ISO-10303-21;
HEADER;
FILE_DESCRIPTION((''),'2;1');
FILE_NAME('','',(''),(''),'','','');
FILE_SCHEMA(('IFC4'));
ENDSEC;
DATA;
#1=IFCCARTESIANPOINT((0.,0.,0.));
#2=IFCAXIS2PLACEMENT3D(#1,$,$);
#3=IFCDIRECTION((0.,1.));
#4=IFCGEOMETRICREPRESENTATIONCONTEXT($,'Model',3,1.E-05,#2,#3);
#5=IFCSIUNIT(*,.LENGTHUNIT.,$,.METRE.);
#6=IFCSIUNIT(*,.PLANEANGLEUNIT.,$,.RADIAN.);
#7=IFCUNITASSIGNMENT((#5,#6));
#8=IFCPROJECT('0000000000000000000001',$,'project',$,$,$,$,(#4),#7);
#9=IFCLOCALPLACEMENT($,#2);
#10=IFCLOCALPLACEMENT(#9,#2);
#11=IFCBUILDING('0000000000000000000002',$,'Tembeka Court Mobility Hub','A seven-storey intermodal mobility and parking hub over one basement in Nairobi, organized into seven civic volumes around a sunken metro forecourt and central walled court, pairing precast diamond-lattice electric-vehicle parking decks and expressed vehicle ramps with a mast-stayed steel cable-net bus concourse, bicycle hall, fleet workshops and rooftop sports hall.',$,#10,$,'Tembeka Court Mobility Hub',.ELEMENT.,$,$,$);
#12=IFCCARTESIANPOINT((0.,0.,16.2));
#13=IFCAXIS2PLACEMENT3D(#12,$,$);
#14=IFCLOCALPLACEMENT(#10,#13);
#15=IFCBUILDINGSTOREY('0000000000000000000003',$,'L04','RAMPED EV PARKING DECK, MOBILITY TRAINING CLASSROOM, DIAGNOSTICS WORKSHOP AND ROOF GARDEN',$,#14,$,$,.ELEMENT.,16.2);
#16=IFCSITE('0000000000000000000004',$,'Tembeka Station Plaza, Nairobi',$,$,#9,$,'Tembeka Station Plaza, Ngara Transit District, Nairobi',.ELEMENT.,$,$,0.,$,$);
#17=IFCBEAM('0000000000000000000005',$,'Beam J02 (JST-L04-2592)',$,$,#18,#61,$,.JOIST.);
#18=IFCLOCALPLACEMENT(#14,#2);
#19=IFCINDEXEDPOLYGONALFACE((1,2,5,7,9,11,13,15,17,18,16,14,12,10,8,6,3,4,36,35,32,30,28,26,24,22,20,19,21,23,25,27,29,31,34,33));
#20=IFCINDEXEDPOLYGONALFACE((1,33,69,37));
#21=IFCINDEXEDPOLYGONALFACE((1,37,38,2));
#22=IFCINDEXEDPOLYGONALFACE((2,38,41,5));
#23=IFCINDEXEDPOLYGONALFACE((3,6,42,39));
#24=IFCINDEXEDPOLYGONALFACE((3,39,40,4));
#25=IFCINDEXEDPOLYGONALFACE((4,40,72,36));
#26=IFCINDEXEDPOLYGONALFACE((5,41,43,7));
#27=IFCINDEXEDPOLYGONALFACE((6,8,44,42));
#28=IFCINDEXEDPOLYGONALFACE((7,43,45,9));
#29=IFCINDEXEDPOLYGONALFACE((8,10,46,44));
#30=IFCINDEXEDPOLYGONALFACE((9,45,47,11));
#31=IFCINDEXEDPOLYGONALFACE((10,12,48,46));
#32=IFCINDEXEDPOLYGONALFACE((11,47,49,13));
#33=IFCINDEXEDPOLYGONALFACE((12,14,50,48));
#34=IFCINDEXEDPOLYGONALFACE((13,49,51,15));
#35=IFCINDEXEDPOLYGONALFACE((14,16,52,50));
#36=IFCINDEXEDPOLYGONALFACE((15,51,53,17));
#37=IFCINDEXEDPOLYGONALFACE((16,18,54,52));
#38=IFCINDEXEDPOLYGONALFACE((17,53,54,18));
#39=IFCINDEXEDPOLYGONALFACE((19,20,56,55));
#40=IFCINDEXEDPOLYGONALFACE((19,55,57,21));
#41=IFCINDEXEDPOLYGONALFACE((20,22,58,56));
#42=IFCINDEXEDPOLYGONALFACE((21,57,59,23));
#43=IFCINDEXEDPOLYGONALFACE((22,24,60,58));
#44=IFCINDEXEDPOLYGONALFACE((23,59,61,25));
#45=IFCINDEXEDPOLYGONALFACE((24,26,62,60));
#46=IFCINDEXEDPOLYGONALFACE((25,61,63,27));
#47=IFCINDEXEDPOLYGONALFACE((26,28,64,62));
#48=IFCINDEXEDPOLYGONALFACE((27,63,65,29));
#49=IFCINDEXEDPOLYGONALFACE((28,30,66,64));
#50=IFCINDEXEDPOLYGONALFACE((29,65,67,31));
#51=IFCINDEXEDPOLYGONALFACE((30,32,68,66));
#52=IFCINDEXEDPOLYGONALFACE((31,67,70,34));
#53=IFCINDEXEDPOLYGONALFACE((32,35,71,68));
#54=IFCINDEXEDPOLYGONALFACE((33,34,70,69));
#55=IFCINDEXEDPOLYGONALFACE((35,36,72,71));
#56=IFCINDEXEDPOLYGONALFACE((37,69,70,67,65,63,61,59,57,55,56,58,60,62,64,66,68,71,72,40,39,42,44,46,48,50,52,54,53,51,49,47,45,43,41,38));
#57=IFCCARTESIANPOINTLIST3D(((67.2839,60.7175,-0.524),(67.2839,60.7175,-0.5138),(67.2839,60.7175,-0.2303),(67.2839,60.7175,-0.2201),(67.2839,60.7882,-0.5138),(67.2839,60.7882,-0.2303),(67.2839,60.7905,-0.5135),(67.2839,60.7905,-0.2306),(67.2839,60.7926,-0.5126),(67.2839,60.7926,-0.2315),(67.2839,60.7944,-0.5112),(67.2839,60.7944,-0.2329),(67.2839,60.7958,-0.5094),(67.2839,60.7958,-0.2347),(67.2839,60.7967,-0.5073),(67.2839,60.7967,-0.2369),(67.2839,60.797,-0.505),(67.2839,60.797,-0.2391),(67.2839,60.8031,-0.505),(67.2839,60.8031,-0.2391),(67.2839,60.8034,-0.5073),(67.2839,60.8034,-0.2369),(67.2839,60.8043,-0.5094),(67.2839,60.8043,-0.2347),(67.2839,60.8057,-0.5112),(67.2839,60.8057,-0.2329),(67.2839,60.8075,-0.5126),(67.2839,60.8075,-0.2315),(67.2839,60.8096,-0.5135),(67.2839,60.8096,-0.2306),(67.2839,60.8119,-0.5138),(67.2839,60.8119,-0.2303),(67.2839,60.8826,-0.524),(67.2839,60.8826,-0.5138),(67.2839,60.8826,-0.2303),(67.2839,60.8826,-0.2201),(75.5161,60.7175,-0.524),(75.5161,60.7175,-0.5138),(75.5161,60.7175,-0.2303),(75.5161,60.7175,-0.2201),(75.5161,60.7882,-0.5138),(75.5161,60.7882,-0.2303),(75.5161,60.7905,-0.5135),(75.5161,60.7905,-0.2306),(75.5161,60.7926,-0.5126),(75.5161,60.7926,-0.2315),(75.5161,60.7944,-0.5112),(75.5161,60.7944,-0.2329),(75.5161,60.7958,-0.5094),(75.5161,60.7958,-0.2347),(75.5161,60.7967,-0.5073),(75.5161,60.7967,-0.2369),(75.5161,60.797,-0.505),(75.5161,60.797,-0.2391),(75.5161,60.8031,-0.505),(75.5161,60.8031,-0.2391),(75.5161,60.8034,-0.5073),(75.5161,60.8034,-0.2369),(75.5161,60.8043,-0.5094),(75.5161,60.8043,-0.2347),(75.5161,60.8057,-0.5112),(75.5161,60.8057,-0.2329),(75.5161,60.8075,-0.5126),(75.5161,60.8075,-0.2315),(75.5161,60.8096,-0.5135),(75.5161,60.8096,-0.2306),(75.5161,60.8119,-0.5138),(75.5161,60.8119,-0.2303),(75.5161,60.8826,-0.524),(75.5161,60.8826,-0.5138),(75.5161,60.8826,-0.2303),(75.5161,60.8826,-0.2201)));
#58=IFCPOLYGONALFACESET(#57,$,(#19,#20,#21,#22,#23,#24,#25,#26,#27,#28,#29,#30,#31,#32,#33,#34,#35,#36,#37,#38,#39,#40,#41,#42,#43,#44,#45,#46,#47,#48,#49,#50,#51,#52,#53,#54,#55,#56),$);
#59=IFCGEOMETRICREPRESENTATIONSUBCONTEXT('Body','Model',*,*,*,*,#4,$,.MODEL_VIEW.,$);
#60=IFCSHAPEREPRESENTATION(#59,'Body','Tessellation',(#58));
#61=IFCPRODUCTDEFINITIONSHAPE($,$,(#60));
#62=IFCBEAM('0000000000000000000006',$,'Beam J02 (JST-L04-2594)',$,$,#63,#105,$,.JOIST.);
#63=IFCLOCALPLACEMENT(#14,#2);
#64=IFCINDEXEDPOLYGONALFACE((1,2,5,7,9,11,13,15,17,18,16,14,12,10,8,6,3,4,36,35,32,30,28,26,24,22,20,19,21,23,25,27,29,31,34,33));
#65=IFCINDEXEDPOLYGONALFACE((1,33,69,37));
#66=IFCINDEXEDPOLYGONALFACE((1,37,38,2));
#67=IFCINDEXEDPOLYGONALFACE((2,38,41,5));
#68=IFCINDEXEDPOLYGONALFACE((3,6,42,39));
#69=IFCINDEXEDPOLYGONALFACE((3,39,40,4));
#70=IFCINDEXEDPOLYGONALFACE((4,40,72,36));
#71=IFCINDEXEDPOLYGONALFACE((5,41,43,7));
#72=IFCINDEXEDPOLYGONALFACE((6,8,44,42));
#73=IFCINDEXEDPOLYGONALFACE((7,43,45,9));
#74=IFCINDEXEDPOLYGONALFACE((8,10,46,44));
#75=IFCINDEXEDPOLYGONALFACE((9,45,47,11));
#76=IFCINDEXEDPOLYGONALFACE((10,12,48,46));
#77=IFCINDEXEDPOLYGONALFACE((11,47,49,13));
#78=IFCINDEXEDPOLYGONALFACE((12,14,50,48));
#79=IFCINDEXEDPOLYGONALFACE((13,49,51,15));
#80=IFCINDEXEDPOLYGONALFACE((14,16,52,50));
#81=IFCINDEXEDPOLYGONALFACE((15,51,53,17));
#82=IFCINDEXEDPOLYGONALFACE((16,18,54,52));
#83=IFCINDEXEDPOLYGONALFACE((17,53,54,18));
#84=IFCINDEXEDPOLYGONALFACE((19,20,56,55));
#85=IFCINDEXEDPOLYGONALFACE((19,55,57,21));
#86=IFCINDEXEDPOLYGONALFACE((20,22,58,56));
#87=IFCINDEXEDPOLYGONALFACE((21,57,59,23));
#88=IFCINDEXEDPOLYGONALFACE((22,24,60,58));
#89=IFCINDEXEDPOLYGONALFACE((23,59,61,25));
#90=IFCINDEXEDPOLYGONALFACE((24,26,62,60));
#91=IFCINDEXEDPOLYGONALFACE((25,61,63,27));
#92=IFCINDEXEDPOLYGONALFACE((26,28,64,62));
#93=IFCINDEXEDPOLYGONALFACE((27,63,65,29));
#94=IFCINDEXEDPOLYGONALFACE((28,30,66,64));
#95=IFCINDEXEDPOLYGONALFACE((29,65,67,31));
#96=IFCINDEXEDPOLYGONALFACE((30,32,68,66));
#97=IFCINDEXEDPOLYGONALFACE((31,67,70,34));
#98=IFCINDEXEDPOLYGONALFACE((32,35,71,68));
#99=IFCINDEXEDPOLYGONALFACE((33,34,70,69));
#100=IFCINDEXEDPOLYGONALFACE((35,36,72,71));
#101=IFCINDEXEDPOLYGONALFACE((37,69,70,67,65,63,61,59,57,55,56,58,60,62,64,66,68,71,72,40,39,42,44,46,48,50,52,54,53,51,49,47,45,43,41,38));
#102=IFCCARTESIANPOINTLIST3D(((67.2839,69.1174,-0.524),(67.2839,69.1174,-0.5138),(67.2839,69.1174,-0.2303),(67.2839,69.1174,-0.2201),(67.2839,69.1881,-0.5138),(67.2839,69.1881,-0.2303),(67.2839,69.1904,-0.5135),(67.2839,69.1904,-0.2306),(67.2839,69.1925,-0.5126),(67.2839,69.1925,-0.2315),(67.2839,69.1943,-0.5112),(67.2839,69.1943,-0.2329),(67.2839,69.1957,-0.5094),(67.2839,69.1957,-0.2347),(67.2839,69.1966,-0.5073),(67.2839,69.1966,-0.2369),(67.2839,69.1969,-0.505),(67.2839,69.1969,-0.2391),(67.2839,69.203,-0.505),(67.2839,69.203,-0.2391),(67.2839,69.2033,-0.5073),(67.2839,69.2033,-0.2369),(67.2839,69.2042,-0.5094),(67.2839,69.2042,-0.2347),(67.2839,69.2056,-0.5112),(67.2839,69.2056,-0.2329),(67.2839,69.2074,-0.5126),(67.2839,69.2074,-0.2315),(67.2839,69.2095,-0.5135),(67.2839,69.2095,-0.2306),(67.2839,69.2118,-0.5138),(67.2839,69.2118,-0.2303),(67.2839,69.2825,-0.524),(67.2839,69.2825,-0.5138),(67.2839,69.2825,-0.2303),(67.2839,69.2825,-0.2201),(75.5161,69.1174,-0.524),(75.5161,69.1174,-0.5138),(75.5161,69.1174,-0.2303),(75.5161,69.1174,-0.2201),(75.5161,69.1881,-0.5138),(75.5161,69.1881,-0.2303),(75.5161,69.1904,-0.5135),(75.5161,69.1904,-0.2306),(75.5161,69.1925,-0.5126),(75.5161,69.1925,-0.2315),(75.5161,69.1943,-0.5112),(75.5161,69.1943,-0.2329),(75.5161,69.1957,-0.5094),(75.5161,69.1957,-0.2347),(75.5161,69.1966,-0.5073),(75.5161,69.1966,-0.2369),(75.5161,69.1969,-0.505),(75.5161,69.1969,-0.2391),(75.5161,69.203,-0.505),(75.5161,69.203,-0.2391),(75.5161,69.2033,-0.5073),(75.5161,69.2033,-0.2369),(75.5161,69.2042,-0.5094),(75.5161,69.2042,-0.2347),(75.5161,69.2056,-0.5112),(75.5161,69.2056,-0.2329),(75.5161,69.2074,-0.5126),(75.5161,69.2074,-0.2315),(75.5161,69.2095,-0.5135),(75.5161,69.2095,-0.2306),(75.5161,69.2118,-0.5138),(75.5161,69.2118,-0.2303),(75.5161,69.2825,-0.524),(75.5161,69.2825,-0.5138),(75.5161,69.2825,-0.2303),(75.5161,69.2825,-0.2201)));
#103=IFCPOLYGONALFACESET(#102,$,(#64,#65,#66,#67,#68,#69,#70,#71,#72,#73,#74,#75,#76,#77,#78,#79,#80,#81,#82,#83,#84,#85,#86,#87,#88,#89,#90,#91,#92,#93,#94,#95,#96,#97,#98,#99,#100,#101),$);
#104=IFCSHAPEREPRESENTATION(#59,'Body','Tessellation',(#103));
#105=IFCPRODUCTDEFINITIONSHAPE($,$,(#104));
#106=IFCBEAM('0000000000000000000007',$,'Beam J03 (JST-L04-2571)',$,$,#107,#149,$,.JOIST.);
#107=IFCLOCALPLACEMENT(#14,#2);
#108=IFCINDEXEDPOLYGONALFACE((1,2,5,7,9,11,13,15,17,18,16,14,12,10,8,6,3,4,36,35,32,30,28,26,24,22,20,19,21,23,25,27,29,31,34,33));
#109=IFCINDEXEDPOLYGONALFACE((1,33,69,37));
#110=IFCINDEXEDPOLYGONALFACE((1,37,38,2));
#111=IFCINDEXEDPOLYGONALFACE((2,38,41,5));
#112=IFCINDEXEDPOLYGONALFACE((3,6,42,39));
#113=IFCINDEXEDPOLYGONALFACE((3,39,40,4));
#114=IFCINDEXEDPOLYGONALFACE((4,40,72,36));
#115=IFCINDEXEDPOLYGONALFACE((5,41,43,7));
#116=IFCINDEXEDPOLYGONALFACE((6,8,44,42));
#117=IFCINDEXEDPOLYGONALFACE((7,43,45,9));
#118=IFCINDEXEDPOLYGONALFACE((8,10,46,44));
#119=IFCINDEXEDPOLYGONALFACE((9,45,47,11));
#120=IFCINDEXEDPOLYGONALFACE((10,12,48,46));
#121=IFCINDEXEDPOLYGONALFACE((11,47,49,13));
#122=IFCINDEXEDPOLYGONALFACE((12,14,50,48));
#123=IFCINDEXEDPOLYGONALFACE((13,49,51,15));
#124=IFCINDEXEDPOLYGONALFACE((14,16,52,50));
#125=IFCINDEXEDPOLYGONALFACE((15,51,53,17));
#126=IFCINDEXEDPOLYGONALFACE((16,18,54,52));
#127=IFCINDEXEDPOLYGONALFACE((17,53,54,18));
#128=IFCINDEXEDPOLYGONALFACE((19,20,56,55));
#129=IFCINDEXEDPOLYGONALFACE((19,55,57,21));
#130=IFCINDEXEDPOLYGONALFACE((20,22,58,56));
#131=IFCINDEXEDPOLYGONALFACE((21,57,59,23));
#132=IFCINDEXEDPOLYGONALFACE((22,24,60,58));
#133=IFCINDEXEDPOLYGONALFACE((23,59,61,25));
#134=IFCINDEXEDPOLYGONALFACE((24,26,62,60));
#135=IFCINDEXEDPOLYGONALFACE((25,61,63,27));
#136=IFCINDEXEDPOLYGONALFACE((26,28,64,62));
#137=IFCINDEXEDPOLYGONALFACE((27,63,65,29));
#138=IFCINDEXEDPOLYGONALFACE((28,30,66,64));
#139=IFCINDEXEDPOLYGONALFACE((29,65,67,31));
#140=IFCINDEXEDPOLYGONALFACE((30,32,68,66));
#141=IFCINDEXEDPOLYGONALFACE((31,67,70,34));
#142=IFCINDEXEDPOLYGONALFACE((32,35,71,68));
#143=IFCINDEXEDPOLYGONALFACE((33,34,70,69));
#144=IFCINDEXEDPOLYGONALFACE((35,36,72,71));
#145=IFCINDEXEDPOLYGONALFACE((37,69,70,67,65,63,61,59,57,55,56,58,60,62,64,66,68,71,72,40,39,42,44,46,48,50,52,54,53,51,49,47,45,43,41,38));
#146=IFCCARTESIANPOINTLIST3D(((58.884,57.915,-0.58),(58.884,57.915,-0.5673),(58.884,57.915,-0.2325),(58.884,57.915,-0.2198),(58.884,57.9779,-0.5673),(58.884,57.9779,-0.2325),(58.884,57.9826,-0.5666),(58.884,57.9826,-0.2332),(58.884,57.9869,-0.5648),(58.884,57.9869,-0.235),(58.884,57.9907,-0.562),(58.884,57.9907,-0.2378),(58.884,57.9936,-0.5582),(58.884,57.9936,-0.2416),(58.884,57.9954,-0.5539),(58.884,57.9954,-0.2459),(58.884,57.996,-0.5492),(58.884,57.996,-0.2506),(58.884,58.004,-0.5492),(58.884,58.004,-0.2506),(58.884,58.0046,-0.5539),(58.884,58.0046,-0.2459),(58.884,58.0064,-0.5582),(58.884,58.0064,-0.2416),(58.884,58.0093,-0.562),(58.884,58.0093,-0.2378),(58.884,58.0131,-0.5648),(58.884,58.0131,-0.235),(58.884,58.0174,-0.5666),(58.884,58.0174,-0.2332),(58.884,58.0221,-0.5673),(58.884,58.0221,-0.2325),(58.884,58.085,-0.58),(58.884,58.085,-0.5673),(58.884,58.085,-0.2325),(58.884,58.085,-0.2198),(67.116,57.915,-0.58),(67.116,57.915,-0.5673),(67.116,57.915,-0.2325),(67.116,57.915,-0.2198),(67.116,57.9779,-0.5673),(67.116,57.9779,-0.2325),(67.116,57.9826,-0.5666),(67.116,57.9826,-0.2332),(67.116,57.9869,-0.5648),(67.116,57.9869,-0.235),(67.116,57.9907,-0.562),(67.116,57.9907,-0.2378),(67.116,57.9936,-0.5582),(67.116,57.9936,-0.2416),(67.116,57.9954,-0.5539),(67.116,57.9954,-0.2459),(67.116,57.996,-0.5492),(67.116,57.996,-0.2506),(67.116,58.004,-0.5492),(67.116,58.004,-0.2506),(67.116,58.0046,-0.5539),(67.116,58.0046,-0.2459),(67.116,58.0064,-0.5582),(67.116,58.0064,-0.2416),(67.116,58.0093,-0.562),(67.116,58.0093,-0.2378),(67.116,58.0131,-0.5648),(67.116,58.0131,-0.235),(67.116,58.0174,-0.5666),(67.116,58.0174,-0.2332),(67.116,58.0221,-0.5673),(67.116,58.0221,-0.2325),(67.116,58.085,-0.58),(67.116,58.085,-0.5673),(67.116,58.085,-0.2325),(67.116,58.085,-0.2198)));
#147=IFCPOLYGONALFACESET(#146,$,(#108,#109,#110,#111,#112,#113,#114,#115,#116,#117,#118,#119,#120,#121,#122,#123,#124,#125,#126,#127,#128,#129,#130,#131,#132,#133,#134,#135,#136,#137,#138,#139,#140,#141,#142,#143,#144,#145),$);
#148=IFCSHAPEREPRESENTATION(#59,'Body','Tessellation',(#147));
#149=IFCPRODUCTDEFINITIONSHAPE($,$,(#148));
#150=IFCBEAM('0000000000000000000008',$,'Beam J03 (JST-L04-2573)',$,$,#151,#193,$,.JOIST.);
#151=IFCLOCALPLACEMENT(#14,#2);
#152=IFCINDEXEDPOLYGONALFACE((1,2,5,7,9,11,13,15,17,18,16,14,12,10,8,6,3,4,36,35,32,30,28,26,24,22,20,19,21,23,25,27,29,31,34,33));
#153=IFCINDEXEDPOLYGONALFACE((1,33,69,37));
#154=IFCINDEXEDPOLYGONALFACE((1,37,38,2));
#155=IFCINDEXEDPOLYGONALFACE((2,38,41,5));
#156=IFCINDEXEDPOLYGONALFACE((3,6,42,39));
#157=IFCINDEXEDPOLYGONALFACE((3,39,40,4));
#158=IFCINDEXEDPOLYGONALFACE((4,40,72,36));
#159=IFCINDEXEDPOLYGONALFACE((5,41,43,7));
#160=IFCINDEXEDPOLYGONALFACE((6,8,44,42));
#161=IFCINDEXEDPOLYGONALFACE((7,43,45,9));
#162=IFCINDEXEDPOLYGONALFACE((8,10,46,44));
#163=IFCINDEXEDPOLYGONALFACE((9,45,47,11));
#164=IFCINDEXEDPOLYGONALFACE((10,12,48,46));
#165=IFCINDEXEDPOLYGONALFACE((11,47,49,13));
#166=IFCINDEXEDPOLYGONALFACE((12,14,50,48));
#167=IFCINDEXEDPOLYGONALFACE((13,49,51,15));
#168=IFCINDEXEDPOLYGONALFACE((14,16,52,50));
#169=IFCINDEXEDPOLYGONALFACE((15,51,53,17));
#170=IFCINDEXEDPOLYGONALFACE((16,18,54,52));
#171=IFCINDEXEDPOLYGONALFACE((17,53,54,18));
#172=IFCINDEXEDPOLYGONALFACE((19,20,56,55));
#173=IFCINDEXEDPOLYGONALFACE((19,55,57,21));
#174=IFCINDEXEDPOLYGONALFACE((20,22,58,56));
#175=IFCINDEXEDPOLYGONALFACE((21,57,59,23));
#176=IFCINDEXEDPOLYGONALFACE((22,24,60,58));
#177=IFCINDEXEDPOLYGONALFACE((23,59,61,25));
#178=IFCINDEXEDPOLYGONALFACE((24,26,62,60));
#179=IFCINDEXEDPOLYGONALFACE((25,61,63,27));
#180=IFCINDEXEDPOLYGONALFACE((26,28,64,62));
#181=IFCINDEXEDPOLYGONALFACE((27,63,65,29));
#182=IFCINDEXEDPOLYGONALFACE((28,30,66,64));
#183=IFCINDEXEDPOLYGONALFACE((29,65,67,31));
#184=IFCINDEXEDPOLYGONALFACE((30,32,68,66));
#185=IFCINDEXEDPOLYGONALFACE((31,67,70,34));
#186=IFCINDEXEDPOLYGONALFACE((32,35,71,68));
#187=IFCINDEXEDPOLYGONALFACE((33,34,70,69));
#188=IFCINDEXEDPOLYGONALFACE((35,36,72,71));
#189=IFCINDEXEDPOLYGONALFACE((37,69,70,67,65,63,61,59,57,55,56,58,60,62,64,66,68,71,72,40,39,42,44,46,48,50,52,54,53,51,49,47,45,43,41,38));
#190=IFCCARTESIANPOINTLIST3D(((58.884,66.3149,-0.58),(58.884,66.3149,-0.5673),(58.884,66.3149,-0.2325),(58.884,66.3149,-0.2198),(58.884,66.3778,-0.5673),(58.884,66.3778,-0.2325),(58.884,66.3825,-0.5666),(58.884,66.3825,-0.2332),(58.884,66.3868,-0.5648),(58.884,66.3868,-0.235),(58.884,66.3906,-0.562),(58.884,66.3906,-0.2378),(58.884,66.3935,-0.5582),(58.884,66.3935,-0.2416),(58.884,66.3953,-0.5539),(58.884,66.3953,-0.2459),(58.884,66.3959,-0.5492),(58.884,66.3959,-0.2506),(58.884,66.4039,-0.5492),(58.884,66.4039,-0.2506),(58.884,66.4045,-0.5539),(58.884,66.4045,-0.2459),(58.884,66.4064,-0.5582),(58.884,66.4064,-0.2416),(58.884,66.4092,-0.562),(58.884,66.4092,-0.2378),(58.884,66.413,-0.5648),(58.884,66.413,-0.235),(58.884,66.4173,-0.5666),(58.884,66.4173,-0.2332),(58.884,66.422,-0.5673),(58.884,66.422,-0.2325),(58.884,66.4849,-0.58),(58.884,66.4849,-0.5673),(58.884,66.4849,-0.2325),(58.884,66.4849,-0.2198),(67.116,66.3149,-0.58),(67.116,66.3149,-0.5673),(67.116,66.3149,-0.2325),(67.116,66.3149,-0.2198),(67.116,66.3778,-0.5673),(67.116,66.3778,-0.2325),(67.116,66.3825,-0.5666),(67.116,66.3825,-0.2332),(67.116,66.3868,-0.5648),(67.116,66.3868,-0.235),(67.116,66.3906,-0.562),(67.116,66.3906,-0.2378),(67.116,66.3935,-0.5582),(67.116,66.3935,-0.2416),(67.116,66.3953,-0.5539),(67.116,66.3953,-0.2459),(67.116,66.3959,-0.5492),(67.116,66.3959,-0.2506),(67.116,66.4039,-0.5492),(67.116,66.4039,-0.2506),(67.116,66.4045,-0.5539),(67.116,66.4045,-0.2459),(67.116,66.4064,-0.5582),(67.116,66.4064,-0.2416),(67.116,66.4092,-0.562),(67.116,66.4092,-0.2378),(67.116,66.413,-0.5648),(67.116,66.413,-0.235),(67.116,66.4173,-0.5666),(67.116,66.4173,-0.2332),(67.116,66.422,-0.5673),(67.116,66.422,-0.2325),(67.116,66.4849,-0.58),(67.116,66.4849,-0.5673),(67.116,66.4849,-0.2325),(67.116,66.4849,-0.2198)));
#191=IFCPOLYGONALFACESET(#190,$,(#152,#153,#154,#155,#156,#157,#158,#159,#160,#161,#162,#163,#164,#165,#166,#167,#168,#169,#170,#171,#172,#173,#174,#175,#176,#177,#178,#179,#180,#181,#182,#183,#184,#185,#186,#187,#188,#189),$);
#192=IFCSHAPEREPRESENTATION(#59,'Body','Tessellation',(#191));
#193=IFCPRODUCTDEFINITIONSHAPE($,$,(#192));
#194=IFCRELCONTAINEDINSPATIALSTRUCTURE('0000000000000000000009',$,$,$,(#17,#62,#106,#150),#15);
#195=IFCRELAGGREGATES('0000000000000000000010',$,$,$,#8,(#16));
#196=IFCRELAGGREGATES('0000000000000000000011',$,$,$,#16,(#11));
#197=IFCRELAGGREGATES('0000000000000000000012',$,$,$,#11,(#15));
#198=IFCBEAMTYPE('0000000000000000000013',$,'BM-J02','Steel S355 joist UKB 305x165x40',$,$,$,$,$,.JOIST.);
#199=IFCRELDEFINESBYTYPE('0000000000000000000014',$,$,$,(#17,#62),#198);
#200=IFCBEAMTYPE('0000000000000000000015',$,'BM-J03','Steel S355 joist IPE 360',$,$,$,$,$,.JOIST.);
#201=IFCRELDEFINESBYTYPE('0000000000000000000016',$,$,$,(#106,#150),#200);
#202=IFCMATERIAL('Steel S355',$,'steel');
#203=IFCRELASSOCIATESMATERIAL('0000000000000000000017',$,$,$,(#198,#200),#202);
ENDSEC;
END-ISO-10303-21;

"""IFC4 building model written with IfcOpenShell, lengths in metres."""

from ifc_helpers import new_model, si_unit, direction, frame, origin, origin_2d, place, context, subcontext, project, spatial, i_section, extrude, material, material_profile, profile_set, type_object, element, save


model = new_model("IFC4")

# Units and contexts
model_context = context("Model", 3, precision=1e-05, world=origin(), true_north=direction((0.0, 1.0)))
body_context = subcontext(model_context, "Body", "Model", "MODEL_VIEW")
ifc_project = project(units=[si_unit("LENGTHUNIT", "METRE"), si_unit("PLANEANGLEUNIT", "RADIAN")], contexts=[model_context])

# Site, building, storey
site_placement = place(None, origin())
site = spatial("IfcSite", under=ifc_project, at=site_placement, Name="Tembeka Station Plaza, Nairobi", LongName="Tembeka Station Plaza, Ngara Transit District, Nairobi", CompositionType="ELEMENT", RefElevation=0.0)
building_placement = place(site_placement, origin())
building = spatial("IfcBuilding", under=site, at=building_placement, Name="Tembeka Court Mobility Hub", Description="A seven-storey intermodal mobility and parking hub over one basement in Nairobi, organized into seven civic volumes around a sunken metro forecourt and central walled court, pairing precast diamond-lattice electric-vehicle parking decks and expressed vehicle ramps with a mast-stayed steel cable-net bus concourse, bicycle hall, fleet workshops and rooftop sports hall.", LongName="Tembeka Court Mobility Hub", CompositionType="ELEMENT")
storey_placement = place(building_placement, frame((0.0, 0.0, 16.2)))
storey = spatial("IfcBuildingStorey", under=building, at=storey_placement, Name="L04", Description="RAMPED EV PARKING DECK, MOBILITY TRAINING CLASSROOM, DIAGNOSTICS WORKSHOP AND ROOF GARDEN", CompositionType="ELEMENT", Elevation=16.2)

# Shared definitions
ifc_material_1 = material(Name="Steel S355", Category="steel")

# Beams
ifc_material_profile_1 = material_profile(ifc_material_1, i_section(OverallWidth=0.165, OverallDepth=0.304, WebThickness=0.0061, FlangeThickness=0.0103, FilletRadius=0.0088, at=origin_2d()), Name="UKB 305x165x40")
ifc_profile_set_1 = profile_set([ifc_material_profile_1], Name="Steel S355")
beam_type_1 = type_object("IfcBeamType", Name="BM-J02", Description="Steel S355 joist UKB 305x165x40", PredefinedType="JOIST", material=ifc_profile_set_1)
for number, where, z_axis, x_axis, name in (
    (1, (67.2839, 60.8, -0.3721), (1.0, 0.0, 0.0), (0.0, 1.0, 0.0), "Beam J02 (JST-L04-2592)"),
    (2, (67.2839, 69.2, -0.3721), (1.0, 0.0, 0.0), (0.0, 1.0, 0.0), "Beam J02 (JST-L04-2594)"),
):
    element("IfcBeam", number, at=place(storey_placement, frame(where, z_axis=z_axis, x_axis=x_axis)), inside=storey, type_object=beam_type_1, Name=name, PredefinedType="JOIST", context=body_context, shape_type="SweptSolid", body=[
        extrude(i_section(OverallWidth=0.165, OverallDepth=0.304, WebThickness=0.0061, FlangeThickness=0.0103, FilletRadius=0.0088, at=origin_2d()), origin(), (0.0, 0.0, 1.0), 8.2322),
    ])
ifc_material_profile_2 = material_profile(ifc_material_1, i_section(OverallWidth=0.1699, OverallDepth=0.3601, WebThickness=0.0081, FlangeThickness=0.0127, FilletRadius=0.0181, at=origin_2d()), Name="IPE 360")
ifc_profile_set_2 = profile_set([ifc_material_profile_2], Name="Steel S355")
beam_type_2 = type_object("IfcBeamType", Name="BM-J03", Description="Steel S355 joist IPE 360", PredefinedType="JOIST", material=ifc_profile_set_2)
for number, where, z_axis, x_axis, name in (
    (3, (58.884, 58.0, -0.3999), (1.0, 0.0, 0.0), (0.0, 1.0, 0.0), "Beam J03 (JST-L04-2571)"),
    (4, (58.884, 66.3999, -0.3999), (1.0, 0.0, 0.0), (0.0, 1.0, 0.0), "Beam J03 (JST-L04-2573)"),
):
    element("IfcBeam", number, at=place(storey_placement, frame(where, z_axis=z_axis, x_axis=x_axis)), inside=storey, type_object=beam_type_2, Name=name, PredefinedType="JOIST", context=body_context, shape_type="SweptSolid", body=[
        extrude(i_section(OverallWidth=0.1699, OverallDepth=0.3601, WebThickness=0.0081, FlangeThickness=0.0127, FilletRadius=0.0181, at=origin_2d()), origin(), (0.0, 0.0, 1.0), 8.2319),
    ])

save(model, "model.ifc")
